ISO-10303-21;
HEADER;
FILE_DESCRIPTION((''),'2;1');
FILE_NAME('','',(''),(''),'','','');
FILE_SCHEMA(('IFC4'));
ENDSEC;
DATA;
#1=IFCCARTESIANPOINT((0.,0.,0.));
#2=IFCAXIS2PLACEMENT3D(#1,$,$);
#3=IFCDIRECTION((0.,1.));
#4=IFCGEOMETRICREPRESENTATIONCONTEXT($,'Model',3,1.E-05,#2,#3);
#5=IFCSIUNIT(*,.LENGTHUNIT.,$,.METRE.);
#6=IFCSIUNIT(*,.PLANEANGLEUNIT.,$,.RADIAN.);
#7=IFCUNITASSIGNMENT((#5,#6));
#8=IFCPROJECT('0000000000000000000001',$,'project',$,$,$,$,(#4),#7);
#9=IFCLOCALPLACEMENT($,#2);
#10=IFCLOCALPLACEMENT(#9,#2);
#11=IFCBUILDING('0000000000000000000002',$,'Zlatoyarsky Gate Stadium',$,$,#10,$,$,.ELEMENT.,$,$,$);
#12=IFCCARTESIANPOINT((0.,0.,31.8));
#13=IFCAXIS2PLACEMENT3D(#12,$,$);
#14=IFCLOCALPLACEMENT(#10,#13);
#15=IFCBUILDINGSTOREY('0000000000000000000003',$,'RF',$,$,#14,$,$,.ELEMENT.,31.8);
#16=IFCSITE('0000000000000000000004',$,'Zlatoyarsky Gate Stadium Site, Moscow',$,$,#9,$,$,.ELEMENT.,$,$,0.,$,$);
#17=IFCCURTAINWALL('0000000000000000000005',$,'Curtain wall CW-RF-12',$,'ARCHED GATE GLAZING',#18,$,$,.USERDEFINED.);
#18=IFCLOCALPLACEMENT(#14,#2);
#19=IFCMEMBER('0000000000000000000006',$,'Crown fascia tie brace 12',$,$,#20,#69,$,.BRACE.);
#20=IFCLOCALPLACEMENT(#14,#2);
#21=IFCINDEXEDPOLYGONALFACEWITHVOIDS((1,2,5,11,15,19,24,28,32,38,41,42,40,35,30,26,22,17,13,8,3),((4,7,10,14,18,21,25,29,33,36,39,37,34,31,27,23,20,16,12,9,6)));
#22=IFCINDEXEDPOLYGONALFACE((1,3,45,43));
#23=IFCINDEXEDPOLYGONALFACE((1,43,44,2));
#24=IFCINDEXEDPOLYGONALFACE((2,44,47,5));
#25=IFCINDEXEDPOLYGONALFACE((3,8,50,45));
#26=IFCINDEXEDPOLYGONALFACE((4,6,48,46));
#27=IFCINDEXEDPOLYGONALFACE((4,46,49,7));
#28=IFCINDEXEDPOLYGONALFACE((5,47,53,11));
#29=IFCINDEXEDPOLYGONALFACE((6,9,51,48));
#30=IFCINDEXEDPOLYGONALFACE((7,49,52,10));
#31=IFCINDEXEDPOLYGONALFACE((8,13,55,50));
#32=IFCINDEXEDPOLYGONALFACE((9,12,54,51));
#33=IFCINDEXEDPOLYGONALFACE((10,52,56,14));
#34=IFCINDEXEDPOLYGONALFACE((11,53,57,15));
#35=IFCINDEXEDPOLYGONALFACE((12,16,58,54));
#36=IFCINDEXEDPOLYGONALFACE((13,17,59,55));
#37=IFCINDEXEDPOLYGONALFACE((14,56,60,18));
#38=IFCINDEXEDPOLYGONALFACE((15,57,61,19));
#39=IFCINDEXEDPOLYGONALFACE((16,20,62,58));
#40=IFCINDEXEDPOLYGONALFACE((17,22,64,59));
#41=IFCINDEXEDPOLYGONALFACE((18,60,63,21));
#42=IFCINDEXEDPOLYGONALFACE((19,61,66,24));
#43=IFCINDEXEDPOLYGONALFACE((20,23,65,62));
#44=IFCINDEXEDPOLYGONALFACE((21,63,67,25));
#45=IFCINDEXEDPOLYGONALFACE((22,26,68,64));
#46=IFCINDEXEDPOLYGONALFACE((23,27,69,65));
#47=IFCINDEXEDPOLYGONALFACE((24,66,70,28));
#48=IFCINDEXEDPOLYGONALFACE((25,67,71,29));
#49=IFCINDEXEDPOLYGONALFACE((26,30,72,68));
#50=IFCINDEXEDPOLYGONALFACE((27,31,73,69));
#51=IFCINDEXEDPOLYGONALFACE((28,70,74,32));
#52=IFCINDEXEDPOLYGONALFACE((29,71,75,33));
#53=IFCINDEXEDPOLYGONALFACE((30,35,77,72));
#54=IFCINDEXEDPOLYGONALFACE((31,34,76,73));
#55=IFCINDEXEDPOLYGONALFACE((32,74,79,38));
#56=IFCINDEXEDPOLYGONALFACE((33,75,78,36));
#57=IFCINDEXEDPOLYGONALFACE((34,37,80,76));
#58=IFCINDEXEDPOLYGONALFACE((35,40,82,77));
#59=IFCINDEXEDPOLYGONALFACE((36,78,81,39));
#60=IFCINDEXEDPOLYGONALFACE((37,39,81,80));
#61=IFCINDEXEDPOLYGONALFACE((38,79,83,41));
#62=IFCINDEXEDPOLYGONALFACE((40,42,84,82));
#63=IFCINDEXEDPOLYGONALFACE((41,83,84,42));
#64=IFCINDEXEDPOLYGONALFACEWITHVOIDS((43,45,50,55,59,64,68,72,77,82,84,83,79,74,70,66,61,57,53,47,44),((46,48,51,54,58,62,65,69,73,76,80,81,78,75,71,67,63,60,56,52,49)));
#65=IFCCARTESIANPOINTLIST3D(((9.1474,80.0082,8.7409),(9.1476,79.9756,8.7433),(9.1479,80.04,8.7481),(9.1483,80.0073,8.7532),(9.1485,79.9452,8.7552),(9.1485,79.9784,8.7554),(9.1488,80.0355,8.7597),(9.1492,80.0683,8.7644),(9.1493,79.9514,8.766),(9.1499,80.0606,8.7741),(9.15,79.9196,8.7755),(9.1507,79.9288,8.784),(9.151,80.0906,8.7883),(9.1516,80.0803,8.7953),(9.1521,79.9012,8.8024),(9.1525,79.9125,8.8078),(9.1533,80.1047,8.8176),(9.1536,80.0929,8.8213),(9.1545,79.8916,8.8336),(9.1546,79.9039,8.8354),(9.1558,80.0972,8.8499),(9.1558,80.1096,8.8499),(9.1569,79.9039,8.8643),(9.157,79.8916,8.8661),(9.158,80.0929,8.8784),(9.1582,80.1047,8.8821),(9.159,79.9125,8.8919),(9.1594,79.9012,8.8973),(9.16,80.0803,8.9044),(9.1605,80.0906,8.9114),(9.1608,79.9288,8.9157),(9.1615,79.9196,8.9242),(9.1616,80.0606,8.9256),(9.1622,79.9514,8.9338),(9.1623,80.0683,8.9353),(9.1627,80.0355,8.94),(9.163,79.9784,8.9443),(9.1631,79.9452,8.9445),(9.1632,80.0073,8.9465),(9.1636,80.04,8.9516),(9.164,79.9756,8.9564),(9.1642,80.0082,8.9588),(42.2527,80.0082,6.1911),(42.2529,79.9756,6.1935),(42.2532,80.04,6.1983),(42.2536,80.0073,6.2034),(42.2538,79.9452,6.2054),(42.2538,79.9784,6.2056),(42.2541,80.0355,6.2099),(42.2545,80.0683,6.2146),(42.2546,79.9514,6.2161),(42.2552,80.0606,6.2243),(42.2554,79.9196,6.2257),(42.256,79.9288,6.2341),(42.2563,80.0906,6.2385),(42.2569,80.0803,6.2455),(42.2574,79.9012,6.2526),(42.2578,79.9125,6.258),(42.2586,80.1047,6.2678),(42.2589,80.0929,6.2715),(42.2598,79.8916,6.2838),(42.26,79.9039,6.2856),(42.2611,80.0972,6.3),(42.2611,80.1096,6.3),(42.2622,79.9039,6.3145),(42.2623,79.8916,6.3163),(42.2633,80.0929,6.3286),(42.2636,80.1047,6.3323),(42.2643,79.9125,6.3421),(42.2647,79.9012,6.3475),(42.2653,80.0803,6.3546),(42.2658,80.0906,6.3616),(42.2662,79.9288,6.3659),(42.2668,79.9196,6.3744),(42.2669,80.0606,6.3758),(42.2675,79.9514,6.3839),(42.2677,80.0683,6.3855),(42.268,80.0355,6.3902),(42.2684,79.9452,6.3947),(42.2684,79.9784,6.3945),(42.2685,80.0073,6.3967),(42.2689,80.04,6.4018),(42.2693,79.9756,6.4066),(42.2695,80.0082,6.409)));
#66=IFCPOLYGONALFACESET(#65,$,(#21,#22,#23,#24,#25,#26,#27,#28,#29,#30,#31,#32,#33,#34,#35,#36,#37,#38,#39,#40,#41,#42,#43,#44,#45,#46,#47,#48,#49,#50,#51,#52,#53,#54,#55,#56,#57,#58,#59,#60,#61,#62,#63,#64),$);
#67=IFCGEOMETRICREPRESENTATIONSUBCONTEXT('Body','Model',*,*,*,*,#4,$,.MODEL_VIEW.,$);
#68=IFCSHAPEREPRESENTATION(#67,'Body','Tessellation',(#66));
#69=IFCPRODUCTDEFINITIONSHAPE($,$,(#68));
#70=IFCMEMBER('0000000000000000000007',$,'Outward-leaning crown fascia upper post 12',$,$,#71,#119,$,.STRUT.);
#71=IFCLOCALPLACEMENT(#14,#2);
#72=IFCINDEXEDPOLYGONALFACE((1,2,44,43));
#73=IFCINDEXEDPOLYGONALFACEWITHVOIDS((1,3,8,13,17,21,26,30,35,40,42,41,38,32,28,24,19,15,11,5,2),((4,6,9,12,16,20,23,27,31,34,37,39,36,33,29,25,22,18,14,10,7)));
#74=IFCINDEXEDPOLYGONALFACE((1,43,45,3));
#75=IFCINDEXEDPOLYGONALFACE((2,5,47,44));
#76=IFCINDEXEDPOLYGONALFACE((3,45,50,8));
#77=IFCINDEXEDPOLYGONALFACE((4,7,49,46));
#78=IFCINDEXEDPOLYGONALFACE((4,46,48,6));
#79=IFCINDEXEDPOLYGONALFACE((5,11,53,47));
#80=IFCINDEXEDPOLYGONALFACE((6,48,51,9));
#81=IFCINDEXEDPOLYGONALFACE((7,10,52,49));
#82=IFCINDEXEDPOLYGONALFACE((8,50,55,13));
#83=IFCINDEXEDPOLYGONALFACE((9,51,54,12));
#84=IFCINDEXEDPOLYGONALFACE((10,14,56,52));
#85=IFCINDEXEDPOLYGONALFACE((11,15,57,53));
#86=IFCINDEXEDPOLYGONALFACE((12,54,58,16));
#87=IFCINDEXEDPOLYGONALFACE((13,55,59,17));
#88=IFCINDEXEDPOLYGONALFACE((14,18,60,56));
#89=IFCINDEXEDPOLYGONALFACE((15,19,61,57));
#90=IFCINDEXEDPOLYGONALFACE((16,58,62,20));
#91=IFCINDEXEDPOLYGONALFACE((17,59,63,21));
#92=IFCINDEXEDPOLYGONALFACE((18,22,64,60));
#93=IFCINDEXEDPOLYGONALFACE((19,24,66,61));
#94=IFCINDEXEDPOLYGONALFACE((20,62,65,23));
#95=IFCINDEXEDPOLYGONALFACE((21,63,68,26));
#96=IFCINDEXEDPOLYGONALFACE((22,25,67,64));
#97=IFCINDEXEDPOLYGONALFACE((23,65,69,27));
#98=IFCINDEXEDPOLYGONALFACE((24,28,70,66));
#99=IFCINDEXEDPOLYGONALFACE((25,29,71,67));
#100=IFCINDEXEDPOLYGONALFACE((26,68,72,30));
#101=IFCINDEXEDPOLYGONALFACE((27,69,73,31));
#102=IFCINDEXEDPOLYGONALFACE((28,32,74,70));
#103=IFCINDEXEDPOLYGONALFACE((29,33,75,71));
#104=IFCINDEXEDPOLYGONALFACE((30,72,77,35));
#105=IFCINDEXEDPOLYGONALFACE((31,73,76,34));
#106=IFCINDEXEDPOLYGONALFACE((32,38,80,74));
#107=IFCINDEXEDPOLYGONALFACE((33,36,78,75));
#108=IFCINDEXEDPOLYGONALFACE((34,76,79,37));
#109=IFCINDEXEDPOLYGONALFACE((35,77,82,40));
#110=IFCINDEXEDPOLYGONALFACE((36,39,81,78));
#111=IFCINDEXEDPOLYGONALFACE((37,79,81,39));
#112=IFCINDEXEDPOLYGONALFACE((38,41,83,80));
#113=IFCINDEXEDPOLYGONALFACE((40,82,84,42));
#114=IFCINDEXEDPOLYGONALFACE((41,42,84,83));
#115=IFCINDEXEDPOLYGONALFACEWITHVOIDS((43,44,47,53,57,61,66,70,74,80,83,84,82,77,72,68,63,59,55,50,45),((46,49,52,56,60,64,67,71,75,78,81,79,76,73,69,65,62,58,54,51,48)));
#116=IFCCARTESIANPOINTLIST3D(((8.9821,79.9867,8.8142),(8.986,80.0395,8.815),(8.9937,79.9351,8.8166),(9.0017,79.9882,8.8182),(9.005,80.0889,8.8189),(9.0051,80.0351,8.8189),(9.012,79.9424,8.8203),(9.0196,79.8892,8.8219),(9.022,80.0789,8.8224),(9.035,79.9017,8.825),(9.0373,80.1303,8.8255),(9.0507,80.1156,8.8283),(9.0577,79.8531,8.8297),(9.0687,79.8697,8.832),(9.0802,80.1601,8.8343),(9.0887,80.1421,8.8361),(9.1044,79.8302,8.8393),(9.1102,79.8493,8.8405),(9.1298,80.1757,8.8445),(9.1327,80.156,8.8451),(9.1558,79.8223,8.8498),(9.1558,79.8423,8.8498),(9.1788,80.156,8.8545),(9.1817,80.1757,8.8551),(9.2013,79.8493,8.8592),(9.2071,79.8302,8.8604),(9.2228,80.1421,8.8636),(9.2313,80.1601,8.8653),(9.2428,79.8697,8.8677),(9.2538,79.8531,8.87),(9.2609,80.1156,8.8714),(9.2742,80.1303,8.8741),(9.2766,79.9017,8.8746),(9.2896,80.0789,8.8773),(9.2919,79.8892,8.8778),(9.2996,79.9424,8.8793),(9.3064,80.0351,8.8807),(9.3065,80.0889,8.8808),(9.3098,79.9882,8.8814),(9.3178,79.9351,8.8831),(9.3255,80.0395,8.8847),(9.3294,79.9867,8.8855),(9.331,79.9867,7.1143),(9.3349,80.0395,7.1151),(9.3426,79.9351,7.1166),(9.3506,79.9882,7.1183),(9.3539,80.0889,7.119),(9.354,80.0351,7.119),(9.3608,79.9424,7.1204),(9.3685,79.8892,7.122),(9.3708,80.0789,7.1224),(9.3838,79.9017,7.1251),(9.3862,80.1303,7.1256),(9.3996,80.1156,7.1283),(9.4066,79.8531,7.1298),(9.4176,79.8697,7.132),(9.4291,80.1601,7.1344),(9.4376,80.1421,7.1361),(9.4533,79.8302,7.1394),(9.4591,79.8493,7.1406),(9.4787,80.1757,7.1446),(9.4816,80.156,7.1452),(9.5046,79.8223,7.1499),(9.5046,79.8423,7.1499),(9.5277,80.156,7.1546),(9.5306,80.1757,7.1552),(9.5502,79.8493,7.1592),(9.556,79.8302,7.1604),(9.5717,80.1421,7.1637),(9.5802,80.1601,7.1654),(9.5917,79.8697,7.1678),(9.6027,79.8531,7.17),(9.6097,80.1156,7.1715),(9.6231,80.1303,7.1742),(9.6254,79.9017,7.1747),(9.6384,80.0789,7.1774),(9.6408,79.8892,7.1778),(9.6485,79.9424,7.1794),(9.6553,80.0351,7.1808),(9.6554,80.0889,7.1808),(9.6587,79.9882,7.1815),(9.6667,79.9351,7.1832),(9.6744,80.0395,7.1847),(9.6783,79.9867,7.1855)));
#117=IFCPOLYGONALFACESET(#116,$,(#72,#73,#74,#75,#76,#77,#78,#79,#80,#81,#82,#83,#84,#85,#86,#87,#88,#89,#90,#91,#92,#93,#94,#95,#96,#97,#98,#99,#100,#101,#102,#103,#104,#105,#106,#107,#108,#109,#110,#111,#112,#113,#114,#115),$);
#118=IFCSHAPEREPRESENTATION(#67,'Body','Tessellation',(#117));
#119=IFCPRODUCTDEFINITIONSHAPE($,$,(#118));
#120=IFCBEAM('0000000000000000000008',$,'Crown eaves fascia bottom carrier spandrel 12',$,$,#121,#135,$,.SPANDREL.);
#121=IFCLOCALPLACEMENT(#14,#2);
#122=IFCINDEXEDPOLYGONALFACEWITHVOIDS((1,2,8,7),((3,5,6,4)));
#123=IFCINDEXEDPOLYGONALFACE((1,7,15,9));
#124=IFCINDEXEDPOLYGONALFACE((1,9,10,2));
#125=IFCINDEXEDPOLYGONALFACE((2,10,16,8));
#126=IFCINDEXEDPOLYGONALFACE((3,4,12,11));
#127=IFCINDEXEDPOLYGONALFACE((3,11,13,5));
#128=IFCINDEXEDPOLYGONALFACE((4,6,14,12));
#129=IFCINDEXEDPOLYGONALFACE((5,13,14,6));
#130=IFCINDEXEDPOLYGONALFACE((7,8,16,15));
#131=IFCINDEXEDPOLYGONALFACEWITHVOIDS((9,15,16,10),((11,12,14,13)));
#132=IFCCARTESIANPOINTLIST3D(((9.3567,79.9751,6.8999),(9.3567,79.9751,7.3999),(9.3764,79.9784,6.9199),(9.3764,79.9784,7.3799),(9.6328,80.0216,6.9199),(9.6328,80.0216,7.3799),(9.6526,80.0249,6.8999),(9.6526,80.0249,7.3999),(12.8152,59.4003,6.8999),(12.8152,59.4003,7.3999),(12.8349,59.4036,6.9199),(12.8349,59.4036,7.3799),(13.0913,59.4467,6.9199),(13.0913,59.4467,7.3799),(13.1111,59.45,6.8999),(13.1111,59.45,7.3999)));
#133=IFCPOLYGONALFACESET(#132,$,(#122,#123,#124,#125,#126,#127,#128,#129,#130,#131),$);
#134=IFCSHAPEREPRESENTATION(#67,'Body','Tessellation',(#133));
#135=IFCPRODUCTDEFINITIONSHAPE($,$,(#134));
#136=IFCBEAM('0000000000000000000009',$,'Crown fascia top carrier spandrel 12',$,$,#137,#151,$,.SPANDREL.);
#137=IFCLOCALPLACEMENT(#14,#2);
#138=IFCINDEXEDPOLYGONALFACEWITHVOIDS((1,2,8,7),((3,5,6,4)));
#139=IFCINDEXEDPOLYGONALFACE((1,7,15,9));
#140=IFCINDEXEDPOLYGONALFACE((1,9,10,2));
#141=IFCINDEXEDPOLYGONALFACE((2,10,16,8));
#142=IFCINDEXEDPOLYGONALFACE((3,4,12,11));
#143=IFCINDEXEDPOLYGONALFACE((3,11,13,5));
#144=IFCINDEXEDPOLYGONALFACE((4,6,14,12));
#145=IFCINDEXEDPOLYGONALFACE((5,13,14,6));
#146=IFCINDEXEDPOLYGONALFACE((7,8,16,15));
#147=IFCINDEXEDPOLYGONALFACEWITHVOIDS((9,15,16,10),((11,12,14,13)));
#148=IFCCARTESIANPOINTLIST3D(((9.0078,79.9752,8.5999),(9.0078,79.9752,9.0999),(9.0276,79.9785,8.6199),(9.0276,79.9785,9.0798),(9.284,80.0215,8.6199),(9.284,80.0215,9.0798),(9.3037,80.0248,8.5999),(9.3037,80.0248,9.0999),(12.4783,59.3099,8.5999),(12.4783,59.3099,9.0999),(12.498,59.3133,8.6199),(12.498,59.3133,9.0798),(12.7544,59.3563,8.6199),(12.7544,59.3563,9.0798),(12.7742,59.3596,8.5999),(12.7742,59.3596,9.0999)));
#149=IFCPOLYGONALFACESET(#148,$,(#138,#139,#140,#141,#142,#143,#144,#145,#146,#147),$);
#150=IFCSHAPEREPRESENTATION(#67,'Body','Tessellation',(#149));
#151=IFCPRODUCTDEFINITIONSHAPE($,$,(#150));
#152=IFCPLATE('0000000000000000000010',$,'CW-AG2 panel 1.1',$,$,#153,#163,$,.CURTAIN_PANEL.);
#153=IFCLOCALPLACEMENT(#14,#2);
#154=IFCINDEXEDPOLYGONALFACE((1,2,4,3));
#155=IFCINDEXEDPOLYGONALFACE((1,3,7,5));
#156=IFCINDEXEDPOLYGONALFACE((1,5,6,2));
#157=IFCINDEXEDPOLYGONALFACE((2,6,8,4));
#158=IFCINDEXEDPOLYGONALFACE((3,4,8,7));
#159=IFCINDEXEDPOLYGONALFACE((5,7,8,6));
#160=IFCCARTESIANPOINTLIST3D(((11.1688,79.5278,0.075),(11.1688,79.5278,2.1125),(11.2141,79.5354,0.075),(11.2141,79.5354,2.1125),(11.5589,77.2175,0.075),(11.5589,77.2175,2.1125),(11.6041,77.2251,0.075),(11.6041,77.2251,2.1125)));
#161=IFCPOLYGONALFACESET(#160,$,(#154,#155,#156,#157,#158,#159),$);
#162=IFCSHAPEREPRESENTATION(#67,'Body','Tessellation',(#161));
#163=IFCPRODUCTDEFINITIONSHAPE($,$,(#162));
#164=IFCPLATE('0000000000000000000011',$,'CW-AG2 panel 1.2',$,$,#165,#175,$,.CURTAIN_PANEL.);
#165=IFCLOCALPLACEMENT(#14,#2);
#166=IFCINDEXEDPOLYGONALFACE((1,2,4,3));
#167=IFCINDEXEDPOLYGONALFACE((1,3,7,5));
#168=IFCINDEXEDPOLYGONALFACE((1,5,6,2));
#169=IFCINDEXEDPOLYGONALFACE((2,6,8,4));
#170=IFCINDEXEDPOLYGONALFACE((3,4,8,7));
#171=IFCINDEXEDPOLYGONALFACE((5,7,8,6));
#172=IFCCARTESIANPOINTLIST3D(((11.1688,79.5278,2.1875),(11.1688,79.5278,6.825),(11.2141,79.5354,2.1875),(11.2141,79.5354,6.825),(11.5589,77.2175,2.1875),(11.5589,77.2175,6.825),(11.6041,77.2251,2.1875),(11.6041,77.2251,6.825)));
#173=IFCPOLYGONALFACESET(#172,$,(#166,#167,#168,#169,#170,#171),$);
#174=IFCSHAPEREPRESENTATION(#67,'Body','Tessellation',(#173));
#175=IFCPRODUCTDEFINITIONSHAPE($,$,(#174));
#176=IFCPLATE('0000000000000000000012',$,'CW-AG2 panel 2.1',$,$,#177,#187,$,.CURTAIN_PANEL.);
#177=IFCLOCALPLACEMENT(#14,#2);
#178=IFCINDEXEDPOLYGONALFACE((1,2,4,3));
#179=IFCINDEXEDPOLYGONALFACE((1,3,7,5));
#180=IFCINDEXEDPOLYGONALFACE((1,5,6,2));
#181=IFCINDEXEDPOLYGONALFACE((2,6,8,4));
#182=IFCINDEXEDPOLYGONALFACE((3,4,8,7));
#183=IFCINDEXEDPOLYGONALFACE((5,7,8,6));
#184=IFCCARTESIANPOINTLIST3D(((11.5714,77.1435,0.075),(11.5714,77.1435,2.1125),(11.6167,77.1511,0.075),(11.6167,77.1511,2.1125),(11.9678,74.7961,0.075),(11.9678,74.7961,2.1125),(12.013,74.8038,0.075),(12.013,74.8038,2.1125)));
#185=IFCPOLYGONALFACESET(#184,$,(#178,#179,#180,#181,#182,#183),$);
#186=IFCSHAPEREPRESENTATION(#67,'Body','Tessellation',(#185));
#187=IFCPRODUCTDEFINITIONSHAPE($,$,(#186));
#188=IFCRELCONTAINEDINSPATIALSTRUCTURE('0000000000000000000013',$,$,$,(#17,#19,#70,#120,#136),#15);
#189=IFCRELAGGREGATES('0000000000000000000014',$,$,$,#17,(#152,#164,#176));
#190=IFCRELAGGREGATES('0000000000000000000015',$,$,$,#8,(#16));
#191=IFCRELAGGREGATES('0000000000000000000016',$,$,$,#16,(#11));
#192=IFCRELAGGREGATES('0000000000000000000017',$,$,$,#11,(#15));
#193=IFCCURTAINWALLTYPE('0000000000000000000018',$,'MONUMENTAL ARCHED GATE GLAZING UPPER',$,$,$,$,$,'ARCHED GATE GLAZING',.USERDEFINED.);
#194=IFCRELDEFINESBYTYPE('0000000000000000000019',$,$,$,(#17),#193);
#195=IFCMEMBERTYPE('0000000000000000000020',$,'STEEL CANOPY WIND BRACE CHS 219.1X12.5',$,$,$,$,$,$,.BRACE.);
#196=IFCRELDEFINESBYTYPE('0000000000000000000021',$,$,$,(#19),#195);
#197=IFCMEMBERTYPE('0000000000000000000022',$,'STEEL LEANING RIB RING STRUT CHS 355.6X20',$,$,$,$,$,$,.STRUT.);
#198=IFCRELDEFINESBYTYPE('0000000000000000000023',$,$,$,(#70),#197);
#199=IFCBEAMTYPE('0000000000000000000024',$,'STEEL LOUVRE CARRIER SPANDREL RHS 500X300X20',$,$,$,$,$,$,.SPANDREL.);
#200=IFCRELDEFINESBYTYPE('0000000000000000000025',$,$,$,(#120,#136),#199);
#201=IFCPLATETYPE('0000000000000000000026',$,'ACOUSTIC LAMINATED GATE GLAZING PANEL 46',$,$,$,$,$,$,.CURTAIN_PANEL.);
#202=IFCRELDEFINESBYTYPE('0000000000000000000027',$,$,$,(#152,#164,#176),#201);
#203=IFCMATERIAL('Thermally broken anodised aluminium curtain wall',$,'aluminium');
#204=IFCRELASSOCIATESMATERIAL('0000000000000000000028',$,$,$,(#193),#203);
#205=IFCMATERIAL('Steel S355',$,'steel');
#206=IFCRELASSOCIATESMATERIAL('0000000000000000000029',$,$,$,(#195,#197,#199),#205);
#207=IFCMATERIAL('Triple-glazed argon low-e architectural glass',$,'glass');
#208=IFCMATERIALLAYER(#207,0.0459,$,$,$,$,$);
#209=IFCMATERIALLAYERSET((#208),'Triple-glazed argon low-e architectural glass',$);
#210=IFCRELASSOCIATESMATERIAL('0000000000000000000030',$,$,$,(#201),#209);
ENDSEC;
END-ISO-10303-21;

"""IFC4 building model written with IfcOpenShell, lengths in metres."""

from ifc_helpers import new_model, si_unit, direction, frame, origin, origin_2d, place, context, subcontext, project, spatial, rectangle, hollow_rectangle, hollow_circle, extrude, material, layer, layer_set, material_profile, profile_set, type_object, element, aggregate, save


model = new_model("IFC4")

# Units and contexts
model_context = context("Model", 3, precision=1e-05, world=origin(), true_north=direction((0.0, 1.0)))
body_context = subcontext(model_context, "Body", "Model", "MODEL_VIEW")
ifc_project = project(units=[si_unit("LENGTHUNIT", "METRE"), si_unit("PLANEANGLEUNIT", "RADIAN")], contexts=[model_context])

# Site, building, storey
site_placement = place(None, origin())
site = spatial("IfcSite", under=ifc_project, at=site_placement, Name="Zlatoyarsky Gate Stadium Site, Moscow", CompositionType="ELEMENT", RefElevation=0.0)
building_placement = place(site_placement, origin())
building = spatial("IfcBuilding", under=site, at=building_placement, Name="Zlatoyarsky Gate Stadium", CompositionType="ELEMENT")
storey_placement = place(building_placement, frame((0.0, 0.0, 31.8)))
storey = spatial("IfcBuildingStorey", under=building, at=storey_placement, Name="RF", CompositionType="ELEMENT", Elevation=31.8)

# Curtain wall
ifc_material_1 = material(Name="Thermally broken anodised aluminium curtain wall", Category="aluminium")
curtain_wall_type = type_object("IfcCurtainWallType", Name="MONUMENTAL ARCHED GATE GLAZING UPPER", ElementType="ARCHED GATE GLAZING", PredefinedType="USERDEFINED", material=ifc_material_1)
curtain_wall_placement = place(storey_placement, origin())
curtain_wall = element("IfcCurtainWall", 1, at=curtain_wall_placement, inside=storey, type_object=curtain_wall_type, Name="Curtain wall CW-RF-12", ObjectType="ARCHED GATE GLAZING", PredefinedType="USERDEFINED")

# Members
ifc_material_2 = material(Name="Steel S355", Category="steel")
ifc_material_profile_1 = material_profile(ifc_material_2, hollow_circle(Radius=0.1096, WallThickness=0.0125, at=origin_2d()), Name="CHS 219.1X12.5")
ifc_profile_set_1 = profile_set([ifc_material_profile_1], Name="Steel S355")
member_type_1 = type_object("IfcMemberType", Name="STEEL CANOPY WIND BRACE CHS 219.1X12.5", PredefinedType="BRACE", material=ifc_profile_set_1)
member_1_placement = place(storey_placement, frame((9.1558, 80.0, 8.8499), z_axis=(0.997047, 0.0, -0.076794), x_axis=(0.0, 1.0, 0.0)))
element("IfcMember", 2, at=member_1_placement, inside=storey, type_object=member_type_1, Name="Crown fascia tie brace 12", PredefinedType="BRACE", context=body_context, shape_type="SweptSolid", body=[
    extrude(hollow_circle(Radius=0.1096, WallThickness=0.0125, at=origin_2d()), origin(), (0.0, 0.0, 1.0), 33.2034),
])
ifc_material_profile_2 = material_profile(ifc_material_2, hollow_circle(Radius=0.1777, WallThickness=0.02, at=origin_2d()), Name="CHS 355.6X20")
ifc_profile_set_2 = profile_set([ifc_material_profile_2], Name="Steel S355")
member_type_2 = type_object("IfcMemberType", Name="STEEL LEANING RIB RING STRUT CHS 355.6X20", PredefinedType="STRUT", material=ifc_profile_set_2)
member_2_placement = place(storey_placement, frame((9.5046, 80.0, 7.1499), z_axis=(-0.201038, 0.0, 0.979584), x_axis=(0.0, -1.0, 0.0)))
element("IfcMember", 3, at=member_2_placement, inside=storey, type_object=member_type_2, Name="Outward-leaning crown fascia upper post 12", PredefinedType="STRUT", context=body_context, shape_type="SweptSolid", body=[
    extrude(hollow_circle(Radius=0.1777, WallThickness=0.02, at=origin_2d()), origin(), (0.0, 0.0, 1.0), 1.7354),
])

# Beams
ifc_material_profile_3 = material_profile(ifc_material_2, hollow_rectangle(XDim=0.3, YDim=0.5, WallThickness=0.02, at=origin_2d()), Name="RHS 500X300X20")
ifc_profile_set_3 = profile_set([ifc_material_profile_3], Name="Steel S355")
beam_type = type_object("IfcBeamType", Name="STEEL LOUVRE CARRIER SPANDREL RHS 500X300X20", PredefinedType="SPANDREL", material=ifc_profile_set_3)
beam_1_placement = place(storey_placement, frame((9.5046, 80.0, 7.1499), z_axis=(0.165767, -0.986165, 0.0), x_axis=(0.986165, 0.165767, 0.0)))
element("IfcBeam", 4, at=beam_1_placement, inside=storey, type_object=beam_type, Name="Crown eaves fascia bottom carrier spandrel 12", PredefinedType="SPANDREL", context=body_context, shape_type="SweptSolid", body=[
    extrude(hollow_rectangle(XDim=0.3, YDim=0.5, WallThickness=0.02, at=origin_2d()), origin(), (0.0, 0.0, 1.0), 20.8635),
])
beam_2_placement = place(storey_placement, frame((9.1558, 80.0, 8.8499), z_axis=(0.165617, -0.98619, 0.0), x_axis=(0.98619, 0.165617, 0.0)))
element("IfcBeam", 5, at=beam_2_placement, inside=storey, type_object=beam_type, Name="Crown fascia top carrier spandrel 12", PredefinedType="SPANDREL", context=body_context, shape_type="SweptSolid", body=[
    extrude(hollow_rectangle(XDim=0.3, YDim=0.5, WallThickness=0.02, at=origin_2d()), origin(), (0.0, 0.0, 1.0), 20.9546),
])

# Plates
ifc_material_3 = material(Name="Triple-glazed argon low-e architectural glass", Category="glass")
ifc_layer_1 = layer(ifc_material_3, 0.0459)
ifc_layer_set_1 = layer_set([ifc_layer_1], Name="Triple-glazed argon low-e architectural glass")
plate_type_1 = type_object("IfcPlateType", Name="ACOUSTIC LAMINATED GATE GLAZING PANEL 46", PredefinedType="CURTAIN_PANEL", material=ifc_layer_set_1)
plate_1_placement = place(storey_placement, frame((11.3865, 78.3765, 0.075), z_axis=(0.0, 0.0, 1.0), x_axis=(0.166482, -0.986044, 0.0)))
plate_1 = element("IfcPlate", 6, at=plate_1_placement, type_object=plate_type_1, Name="CW-AG2 panel 1.1", PredefinedType="CURTAIN_PANEL", context=body_context, shape_type="SweptSolid", body=[
    extrude(rectangle(XDim=2.343, YDim=0.0459, at=origin_2d()), origin(), (0.0, 0.0, 1.0), 2.0376),
])
plate_2_placement = place(storey_placement, frame((11.3865, 78.3765, 2.1875), z_axis=(0.0, 0.0, 1.0), x_axis=(0.166482, -0.986044, 0.0)))
plate_2 = element("IfcPlate", 7, at=plate_2_placement, type_object=plate_type_1, Name="CW-AG2 panel 1.2", PredefinedType="CURTAIN_PANEL", context=body_context, shape_type="SweptSolid", body=[
    extrude(rectangle(XDim=2.343, YDim=0.0459, at=origin_2d()), origin(), (0.0, 0.0, 1.0), 4.6375),
])
plate_3_placement = place(storey_placement, frame((11.7922, 75.9736, 0.075), z_axis=(0.0, 0.0, 1.0), x_axis=(0.166482, -0.986044, 0.0)))
plate_3 = element("IfcPlate", 8, at=plate_3_placement, type_object=plate_type_1, Name="CW-AG2 panel 2.1", PredefinedType="CURTAIN_PANEL", context=body_context, shape_type="SweptSolid", body=[
    extrude(rectangle(XDim=2.3806, YDim=0.0459, at=origin_2d()), origin(), (0.0, 0.0, 1.0), 2.0376),
])
aggregate(curtain_wall, [plate_1, plate_2, plate_3])

save(model, "model.ifc")
